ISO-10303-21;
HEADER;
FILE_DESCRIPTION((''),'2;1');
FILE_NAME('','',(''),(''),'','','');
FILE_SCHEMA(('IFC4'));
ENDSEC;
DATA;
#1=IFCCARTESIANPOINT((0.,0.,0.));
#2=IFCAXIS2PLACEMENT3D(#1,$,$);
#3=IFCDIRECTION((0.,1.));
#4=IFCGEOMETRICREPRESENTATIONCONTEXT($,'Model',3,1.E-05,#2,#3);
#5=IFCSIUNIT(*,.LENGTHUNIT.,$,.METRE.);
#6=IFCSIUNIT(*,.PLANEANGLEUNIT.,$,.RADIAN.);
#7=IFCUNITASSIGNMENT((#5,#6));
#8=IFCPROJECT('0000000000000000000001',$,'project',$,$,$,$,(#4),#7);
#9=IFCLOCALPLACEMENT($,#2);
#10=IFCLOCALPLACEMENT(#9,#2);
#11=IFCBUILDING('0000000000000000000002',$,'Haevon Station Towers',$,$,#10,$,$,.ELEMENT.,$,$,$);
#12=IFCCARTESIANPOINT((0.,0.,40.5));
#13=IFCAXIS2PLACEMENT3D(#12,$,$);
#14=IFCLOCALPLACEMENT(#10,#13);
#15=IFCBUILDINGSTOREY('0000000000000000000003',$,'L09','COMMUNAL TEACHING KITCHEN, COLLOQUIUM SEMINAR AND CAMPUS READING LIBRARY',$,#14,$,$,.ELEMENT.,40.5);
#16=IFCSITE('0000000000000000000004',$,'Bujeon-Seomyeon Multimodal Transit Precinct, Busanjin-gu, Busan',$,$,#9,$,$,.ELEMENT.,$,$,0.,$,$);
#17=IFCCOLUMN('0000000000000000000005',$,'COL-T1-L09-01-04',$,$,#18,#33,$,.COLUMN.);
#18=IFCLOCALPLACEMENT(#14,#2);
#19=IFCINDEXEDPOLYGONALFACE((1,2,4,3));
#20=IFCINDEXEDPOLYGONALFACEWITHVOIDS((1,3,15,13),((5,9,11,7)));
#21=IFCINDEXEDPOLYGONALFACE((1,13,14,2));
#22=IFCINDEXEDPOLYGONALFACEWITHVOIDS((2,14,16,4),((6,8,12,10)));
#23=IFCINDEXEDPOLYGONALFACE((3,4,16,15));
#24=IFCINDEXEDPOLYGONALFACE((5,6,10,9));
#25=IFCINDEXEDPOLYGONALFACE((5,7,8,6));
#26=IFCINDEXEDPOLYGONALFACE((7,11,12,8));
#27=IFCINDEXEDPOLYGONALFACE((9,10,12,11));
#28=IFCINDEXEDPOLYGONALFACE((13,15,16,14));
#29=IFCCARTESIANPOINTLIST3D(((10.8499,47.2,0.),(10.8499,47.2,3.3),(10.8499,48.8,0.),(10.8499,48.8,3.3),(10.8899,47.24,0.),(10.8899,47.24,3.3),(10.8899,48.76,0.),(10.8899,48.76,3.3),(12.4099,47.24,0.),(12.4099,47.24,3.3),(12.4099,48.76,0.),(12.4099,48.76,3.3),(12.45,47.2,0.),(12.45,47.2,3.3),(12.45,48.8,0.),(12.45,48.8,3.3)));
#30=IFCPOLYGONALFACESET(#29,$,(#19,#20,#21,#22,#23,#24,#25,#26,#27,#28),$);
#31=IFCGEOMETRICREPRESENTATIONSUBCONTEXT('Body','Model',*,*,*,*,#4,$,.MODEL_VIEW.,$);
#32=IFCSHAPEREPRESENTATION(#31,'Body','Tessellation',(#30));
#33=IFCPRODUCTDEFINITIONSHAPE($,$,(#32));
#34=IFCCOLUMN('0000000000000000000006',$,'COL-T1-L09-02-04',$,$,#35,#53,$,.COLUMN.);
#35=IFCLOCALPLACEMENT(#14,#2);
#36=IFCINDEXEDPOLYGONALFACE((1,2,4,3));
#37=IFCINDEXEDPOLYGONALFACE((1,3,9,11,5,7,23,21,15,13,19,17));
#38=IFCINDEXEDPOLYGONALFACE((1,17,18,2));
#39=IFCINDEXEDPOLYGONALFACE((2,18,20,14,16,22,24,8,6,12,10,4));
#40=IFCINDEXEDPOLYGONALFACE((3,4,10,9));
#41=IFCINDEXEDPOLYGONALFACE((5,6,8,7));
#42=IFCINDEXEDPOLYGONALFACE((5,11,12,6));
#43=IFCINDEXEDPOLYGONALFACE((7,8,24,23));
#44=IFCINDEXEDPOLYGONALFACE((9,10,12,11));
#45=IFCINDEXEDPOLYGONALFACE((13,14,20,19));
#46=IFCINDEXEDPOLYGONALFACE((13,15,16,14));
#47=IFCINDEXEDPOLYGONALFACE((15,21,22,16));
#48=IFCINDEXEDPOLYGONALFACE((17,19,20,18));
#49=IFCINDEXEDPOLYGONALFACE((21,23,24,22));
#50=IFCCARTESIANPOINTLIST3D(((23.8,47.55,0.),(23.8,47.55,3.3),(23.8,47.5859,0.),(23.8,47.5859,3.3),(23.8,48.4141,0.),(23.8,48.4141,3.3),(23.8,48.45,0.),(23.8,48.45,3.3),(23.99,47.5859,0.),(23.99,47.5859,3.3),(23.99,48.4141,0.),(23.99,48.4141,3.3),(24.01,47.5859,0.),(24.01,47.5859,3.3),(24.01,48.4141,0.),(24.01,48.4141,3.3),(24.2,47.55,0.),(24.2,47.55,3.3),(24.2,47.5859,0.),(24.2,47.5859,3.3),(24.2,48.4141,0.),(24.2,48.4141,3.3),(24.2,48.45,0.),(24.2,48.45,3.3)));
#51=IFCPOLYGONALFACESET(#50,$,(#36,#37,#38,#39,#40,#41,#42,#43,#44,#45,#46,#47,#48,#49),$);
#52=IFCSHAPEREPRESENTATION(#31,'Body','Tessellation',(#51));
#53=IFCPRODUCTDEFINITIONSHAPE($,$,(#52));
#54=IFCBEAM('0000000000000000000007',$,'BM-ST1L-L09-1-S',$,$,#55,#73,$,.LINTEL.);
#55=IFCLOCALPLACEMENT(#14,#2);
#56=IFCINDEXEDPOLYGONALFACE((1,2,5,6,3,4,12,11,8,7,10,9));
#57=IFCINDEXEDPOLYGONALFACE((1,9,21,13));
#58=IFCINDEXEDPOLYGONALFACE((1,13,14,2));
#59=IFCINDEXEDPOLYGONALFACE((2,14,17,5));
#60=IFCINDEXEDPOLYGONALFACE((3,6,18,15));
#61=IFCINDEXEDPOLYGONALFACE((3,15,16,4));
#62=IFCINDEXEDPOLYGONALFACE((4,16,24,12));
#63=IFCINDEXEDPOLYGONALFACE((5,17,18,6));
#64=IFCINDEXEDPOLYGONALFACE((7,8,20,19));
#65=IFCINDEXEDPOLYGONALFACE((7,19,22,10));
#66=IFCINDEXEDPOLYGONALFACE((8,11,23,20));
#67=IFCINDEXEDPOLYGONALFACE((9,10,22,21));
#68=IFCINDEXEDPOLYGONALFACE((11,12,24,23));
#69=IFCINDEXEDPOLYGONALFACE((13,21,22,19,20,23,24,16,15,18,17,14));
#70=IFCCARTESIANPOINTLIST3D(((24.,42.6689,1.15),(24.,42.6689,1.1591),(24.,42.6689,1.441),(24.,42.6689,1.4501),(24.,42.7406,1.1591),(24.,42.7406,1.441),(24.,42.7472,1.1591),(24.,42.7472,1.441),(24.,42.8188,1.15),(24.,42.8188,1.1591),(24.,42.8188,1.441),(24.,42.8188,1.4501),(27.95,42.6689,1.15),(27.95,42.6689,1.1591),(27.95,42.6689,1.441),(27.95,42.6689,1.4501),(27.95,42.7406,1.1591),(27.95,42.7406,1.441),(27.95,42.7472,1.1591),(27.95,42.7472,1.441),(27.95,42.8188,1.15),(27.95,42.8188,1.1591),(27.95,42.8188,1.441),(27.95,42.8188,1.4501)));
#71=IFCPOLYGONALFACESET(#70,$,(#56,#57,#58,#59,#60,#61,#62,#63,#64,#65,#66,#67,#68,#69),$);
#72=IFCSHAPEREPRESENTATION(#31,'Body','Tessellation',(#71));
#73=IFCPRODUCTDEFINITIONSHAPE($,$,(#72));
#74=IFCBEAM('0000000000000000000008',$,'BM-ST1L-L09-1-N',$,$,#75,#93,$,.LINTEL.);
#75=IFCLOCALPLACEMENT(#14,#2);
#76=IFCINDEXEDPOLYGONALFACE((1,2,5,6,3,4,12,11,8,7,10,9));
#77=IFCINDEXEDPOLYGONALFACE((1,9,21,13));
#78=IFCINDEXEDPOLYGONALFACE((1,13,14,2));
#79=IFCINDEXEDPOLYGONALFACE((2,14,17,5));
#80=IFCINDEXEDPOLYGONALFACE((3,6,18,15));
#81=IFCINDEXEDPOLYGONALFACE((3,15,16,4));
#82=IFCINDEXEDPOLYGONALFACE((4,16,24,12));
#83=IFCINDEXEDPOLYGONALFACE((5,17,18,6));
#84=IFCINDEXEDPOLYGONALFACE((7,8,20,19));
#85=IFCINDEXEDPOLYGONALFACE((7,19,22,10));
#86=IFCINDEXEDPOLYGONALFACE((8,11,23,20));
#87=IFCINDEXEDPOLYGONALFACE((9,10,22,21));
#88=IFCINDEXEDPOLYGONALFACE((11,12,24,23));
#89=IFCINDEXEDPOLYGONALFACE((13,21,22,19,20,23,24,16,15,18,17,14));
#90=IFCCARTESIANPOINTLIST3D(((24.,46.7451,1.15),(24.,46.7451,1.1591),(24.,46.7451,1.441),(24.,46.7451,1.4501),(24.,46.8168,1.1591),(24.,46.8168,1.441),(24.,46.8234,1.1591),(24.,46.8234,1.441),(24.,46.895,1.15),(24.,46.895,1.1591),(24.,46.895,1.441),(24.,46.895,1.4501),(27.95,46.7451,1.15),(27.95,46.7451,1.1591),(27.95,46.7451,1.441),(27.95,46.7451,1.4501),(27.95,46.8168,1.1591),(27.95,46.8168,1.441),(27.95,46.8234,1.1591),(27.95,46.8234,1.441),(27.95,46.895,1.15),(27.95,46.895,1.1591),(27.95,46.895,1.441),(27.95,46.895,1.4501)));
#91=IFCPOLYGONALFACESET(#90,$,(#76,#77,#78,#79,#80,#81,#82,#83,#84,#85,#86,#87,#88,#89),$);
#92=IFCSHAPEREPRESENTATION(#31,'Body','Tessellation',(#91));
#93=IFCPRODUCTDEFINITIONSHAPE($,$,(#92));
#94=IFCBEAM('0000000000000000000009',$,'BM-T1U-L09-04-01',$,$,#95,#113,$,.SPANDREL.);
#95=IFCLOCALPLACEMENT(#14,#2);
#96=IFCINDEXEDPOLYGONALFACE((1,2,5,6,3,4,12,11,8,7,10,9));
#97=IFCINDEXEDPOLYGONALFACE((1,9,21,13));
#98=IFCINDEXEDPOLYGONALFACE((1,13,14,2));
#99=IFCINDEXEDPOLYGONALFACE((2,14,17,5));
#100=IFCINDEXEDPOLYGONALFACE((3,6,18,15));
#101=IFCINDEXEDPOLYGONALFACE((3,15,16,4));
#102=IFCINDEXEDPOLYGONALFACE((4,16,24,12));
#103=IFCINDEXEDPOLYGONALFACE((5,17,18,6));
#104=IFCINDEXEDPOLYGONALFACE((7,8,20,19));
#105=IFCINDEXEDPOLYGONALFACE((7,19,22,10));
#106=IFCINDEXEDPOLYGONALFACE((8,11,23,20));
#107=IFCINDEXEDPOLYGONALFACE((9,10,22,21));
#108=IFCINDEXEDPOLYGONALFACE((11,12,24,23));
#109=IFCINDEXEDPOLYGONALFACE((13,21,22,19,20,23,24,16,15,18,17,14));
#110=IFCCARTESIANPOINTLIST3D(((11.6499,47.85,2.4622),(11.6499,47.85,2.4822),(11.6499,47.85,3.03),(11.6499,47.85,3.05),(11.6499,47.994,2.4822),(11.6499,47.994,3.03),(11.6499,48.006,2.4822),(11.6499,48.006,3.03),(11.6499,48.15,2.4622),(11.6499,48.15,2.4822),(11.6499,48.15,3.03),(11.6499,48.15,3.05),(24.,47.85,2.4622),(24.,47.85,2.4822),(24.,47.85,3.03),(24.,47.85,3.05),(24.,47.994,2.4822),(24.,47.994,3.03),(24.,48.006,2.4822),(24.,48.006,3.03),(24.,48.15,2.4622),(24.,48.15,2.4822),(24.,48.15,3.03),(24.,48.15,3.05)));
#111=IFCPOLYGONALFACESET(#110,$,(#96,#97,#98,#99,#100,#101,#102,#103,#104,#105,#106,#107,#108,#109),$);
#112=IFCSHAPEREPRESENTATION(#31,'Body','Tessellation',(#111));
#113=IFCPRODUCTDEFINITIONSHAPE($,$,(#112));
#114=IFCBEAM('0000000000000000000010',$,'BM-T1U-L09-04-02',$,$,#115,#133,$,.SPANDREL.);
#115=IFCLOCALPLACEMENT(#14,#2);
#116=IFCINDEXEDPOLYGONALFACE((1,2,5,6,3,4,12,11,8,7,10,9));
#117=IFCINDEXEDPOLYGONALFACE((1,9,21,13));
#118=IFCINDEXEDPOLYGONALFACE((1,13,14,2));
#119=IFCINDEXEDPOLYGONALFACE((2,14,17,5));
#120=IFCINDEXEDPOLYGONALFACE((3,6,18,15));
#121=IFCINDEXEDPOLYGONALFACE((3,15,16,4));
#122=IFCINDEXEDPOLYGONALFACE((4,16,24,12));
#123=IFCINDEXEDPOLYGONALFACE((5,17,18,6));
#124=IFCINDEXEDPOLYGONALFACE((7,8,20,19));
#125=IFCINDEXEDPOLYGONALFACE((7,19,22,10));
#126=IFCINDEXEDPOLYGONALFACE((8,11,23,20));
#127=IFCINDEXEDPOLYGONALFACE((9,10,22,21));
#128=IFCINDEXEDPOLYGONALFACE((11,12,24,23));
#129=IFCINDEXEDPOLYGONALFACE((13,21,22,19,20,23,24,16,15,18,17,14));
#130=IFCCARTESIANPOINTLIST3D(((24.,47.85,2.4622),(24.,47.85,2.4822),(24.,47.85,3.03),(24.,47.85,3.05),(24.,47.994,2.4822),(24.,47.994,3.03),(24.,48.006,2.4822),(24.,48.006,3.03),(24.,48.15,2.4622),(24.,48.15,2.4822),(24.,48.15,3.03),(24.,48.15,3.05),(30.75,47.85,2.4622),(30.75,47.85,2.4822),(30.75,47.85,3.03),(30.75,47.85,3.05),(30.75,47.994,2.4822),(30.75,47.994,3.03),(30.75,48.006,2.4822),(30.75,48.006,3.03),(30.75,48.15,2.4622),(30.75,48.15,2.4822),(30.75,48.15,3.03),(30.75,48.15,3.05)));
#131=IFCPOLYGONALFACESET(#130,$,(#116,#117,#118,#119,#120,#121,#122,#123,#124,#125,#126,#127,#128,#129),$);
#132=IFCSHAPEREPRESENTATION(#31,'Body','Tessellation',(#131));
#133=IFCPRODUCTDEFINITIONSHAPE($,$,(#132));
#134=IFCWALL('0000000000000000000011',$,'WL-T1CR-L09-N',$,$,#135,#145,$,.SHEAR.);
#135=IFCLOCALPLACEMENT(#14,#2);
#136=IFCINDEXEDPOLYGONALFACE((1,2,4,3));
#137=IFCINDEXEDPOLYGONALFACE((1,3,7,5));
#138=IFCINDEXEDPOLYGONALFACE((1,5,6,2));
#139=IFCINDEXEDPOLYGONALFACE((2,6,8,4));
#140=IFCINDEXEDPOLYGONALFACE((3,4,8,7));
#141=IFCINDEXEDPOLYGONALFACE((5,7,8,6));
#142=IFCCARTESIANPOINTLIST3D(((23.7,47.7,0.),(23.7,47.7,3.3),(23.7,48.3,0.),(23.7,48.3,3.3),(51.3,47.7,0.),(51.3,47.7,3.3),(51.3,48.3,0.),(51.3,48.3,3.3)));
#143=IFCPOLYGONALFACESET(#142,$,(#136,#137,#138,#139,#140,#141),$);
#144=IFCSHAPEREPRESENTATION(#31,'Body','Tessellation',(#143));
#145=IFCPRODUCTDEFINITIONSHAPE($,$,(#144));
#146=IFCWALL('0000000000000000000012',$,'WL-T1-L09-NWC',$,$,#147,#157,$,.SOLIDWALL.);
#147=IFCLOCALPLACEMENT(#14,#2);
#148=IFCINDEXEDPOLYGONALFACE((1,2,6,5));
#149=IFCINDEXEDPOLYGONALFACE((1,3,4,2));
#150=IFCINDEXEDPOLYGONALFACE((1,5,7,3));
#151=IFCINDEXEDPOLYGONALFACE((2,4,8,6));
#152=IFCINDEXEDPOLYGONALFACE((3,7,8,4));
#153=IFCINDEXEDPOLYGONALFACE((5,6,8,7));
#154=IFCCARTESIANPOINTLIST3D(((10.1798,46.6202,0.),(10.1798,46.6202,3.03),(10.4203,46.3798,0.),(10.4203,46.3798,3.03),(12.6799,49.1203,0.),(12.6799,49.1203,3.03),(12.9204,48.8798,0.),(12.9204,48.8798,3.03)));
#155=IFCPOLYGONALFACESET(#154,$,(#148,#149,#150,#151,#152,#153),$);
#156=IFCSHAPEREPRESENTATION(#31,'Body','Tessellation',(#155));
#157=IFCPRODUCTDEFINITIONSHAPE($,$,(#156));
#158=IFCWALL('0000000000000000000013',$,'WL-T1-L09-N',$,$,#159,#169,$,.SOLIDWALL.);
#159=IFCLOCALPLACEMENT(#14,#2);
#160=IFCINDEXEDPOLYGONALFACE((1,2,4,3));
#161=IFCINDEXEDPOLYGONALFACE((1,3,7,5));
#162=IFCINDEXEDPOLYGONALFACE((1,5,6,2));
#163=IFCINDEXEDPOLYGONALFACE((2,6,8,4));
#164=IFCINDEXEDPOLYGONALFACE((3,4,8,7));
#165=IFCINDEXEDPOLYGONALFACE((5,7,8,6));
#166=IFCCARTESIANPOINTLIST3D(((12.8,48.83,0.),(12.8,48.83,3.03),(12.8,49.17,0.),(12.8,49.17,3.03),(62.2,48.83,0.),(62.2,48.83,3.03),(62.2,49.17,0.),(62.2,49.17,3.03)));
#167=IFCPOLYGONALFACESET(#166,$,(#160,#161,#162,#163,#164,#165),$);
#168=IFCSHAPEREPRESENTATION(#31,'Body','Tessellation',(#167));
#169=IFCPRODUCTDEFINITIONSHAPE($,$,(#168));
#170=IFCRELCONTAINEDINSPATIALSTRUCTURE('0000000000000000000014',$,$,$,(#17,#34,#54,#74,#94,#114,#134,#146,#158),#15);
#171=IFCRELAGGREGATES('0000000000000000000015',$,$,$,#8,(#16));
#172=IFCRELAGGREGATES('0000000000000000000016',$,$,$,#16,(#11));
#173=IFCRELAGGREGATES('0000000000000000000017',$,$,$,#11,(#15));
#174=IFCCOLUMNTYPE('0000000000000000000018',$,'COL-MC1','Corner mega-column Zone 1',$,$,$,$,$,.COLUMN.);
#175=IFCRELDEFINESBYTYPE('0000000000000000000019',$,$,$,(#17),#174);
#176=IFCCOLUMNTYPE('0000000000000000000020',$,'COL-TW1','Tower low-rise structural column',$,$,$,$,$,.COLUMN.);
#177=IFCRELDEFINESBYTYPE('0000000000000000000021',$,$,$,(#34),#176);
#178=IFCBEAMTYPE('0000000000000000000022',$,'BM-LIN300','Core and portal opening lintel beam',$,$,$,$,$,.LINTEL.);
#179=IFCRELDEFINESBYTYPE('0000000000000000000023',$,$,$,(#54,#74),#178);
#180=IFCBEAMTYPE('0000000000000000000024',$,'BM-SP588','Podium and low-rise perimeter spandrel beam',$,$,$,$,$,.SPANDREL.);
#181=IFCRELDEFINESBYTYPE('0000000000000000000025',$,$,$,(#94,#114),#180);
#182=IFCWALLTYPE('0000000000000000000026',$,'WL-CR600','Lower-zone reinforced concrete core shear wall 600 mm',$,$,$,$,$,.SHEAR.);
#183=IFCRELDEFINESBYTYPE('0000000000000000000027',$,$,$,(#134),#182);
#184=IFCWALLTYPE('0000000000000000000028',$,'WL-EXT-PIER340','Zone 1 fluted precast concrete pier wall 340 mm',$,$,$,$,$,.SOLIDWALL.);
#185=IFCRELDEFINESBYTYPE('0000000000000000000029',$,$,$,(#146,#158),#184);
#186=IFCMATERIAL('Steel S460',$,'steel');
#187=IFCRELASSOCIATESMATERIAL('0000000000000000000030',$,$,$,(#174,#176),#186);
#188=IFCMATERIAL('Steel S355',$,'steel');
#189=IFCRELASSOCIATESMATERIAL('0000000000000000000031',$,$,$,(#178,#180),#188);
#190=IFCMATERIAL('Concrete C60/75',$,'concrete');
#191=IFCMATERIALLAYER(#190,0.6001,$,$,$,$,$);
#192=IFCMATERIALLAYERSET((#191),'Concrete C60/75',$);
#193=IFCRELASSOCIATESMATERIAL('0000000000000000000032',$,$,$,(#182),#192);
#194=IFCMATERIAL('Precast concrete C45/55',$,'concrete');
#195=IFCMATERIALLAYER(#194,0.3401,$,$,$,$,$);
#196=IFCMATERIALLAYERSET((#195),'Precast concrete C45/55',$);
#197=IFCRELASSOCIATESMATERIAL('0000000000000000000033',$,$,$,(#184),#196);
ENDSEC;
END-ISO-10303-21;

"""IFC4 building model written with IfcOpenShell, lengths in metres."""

from ifc_helpers import new_model, si_unit, direction, frame, frame_2d, origin, origin_2d, place, context, subcontext, project, spatial, rectangle, hollow_rectangle, i_section, extrude, material, layer, layer_set, material_profile, profile_set, type_object, element, save


model = new_model("IFC4")

# Units and contexts
model_context = context("Model", 3, precision=1e-05, world=origin(), true_north=direction((0.0, 1.0)))
body_context = subcontext(model_context, "Body", "Model", "MODEL_VIEW")
ifc_project = project(units=[si_unit("LENGTHUNIT", "METRE"), si_unit("PLANEANGLEUNIT", "RADIAN")], contexts=[model_context])

# Site, building, storey
site_placement = place(None, origin())
site = spatial("IfcSite", under=ifc_project, at=site_placement, Name="Bujeon-Seomyeon Multimodal Transit Precinct, Busanjin-gu, Busan", CompositionType="ELEMENT", RefElevation=0.0)
building_placement = place(site_placement, origin())
building = spatial("IfcBuilding", under=site, at=building_placement, Name="Haevon Station Towers", CompositionType="ELEMENT")
storey_placement = place(building_placement, frame((0.0, 0.0, 40.5)))
storey = spatial("IfcBuildingStorey", under=building, at=storey_placement, Name="L09", Description="COMMUNAL TEACHING KITCHEN, COLLOQUIUM SEMINAR AND CAMPUS READING LIBRARY", CompositionType="ELEMENT", Elevation=40.5)

# Columns
ifc_material_1 = material(Name="Steel S460", Category="steel")
ifc_material_profile_1 = material_profile(ifc_material_1, hollow_rectangle(XDim=1.6001, YDim=1.6001, WallThickness=0.04, at=origin_2d()), Name="BOX-1600x1600x40")
ifc_profile_set_1 = profile_set([ifc_material_profile_1], Name="Steel S460")
column_type_1 = type_object("IfcColumnType", Name="COL-MC1", Description="Corner mega-column Zone 1", PredefinedType="COLUMN", material=ifc_profile_set_1)
column_1_placement = place(storey_placement, frame((11.6499, 48.0, 0.0), z_axis=(0.0, 0.0, 1.0), x_axis=(1.0, 0.0, 0.0)))
element("IfcColumn", 1, at=column_1_placement, inside=storey, type_object=column_type_1, Name="COL-T1-L09-01-04", PredefinedType="COLUMN", context=body_context, shape_type="SweptSolid", body=[
    extrude(hollow_rectangle(XDim=1.6001, YDim=1.6001, WallThickness=0.04, at=origin_2d()), origin(), (0.0, 0.0, 1.0), 3.3),
])
ifc_material_profile_2 = material_profile(ifc_material_1, i_section(OverallWidth=0.3999, OverallDepth=0.8999, WebThickness=0.02, FlangeThickness=0.0359, at=origin_2d()), Name="H-900x400x20x36")
ifc_profile_set_2 = profile_set([ifc_material_profile_2], Name="Steel S460")
column_type_2 = type_object("IfcColumnType", Name="COL-TW1", Description="Tower low-rise structural column", PredefinedType="COLUMN", material=ifc_profile_set_2)
column_2_placement = place(storey_placement, frame((24.0, 48.0, 0.0), z_axis=(0.0, 0.0, 1.0), x_axis=(1.0, 0.0, 0.0)))
element("IfcColumn", 2, at=column_2_placement, inside=storey, type_object=column_type_2, Name="COL-T1-L09-02-04", PredefinedType="COLUMN", context=body_context, shape_type="SweptSolid", body=[
    extrude(i_section(OverallWidth=0.3999, OverallDepth=0.8999, WebThickness=0.02, FlangeThickness=0.0359, at=origin_2d()), origin(), (0.0, 0.0, 1.0), 3.3),
])

# Beams
ifc_material_2 = material(Name="Steel S355", Category="steel")
ifc_material_profile_3 = material_profile(ifc_material_2, i_section(OverallWidth=0.1499, OverallDepth=0.3, WebThickness=0.0066, FlangeThickness=0.009, at=origin_2d()), Name="H-300x150x6.5x9")
ifc_profile_set_3 = profile_set([ifc_material_profile_3], Name="Steel S355")
beam_type_1 = type_object("IfcBeamType", Name="BM-LIN300", Description="Core and portal opening lintel beam", PredefinedType="LINTEL", material=ifc_profile_set_3)
for number, where, z_axis, x_axis, name in (
    (3, (24.0, 42.7439, 1.3), (1.0, 0.0, 0.0), (0.0, 1.0, 0.0), "BM-ST1L-L09-1-S"),
    (4, (24.0, 46.8201, 1.3), (1.0, 0.0, 0.0), (0.0, 1.0, 0.0), "BM-ST1L-L09-1-N"),
):
    element("IfcBeam", number, at=place(storey_placement, frame(where, z_axis=z_axis, x_axis=x_axis)), inside=storey, type_object=beam_type_1, Name=name, PredefinedType="LINTEL", context=body_context, shape_type="SweptSolid", body=[
        extrude(i_section(OverallWidth=0.1499, OverallDepth=0.3, WebThickness=0.0066, FlangeThickness=0.009, at=origin_2d()), origin(), (0.0, 0.0, 1.0), 3.95),
    ])
ifc_material_profile_4 = material_profile(ifc_material_2, i_section(OverallWidth=0.3, OverallDepth=0.5879, WebThickness=0.012, FlangeThickness=0.02, at=origin_2d()), Name="H-588x300x12x20")
ifc_profile_set_4 = profile_set([ifc_material_profile_4], Name="Steel S355")
beam_type_2 = type_object("IfcBeamType", Name="BM-SP588", Description="Podium and low-rise perimeter spandrel beam", PredefinedType="SPANDREL", material=ifc_profile_set_4)
beam_1_placement = place(storey_placement, frame((11.6499, 48.0, 2.7561), z_axis=(1.0, 0.0, 0.0), x_axis=(0.0, 1.0, 0.0)))
element("IfcBeam", 5, at=beam_1_placement, inside=storey, type_object=beam_type_2, Name="BM-T1U-L09-04-01", PredefinedType="SPANDREL", context=body_context, shape_type="SweptSolid", body=[
    extrude(i_section(OverallWidth=0.3, OverallDepth=0.5879, WebThickness=0.012, FlangeThickness=0.02, at=origin_2d()), origin(), (0.0, 0.0, 1.0), 12.3501),
])
beam_2_placement = place(storey_placement, frame((24.0, 48.0, 2.7561), z_axis=(1.0, 0.0, 0.0), x_axis=(0.0, 1.0, 0.0)))
element("IfcBeam", 6, at=beam_2_placement, inside=storey, type_object=beam_type_2, Name="BM-T1U-L09-04-02", PredefinedType="SPANDREL", context=body_context, shape_type="SweptSolid", body=[
    extrude(i_section(OverallWidth=0.3, OverallDepth=0.5879, WebThickness=0.012, FlangeThickness=0.02, at=origin_2d()), origin(), (0.0, 0.0, 1.0), 6.75),
])

# Walls
ifc_material_3 = material(Name="Concrete C60/75", Category="concrete")
ifc_layer_1 = layer(ifc_material_3, 0.6001)
ifc_layer_set_1 = layer_set([ifc_layer_1], Name="Concrete C60/75")
wall_type_1 = type_object("IfcWallType", Name="WL-CR600", Description="Lower-zone reinforced concrete core shear wall 600 mm", PredefinedType="SHEAR", material=ifc_layer_set_1)
wall_1_placement = place(storey_placement, frame((23.7, 48.0, 0.0), z_axis=(0.0, 0.0, 1.0), x_axis=(1.0, 0.0, 0.0)))
element("IfcWall", 7, at=wall_1_placement, inside=storey, type_object=wall_type_1, Name="WL-T1CR-L09-N", PredefinedType="SHEAR", context=body_context, shape_type="SweptSolid", body=[
    extrude(rectangle(XDim=27.6001, YDim=0.6001, at=frame_2d((13.8, 0.0))), origin(), (0.0, 0.0, 1.0), 3.3),
])
ifc_material_4 = material(Name="Precast concrete C45/55", Category="concrete")
ifc_layer_2 = layer(ifc_material_4, 0.3401)
ifc_layer_set_2 = layer_set([ifc_layer_2], Name="Precast concrete C45/55")
wall_type_2 = type_object("IfcWallType", Name="WL-EXT-PIER340", Description="Zone 1 fluted precast concrete pier wall 340 mm", PredefinedType="SOLIDWALL", material=ifc_layer_set_2)
wall_2_placement = place(storey_placement, frame((10.3, 46.5, 0.0), z_axis=(0.0, 0.0, 1.0), x_axis=(0.707107, 0.707107, 0.0)))
element("IfcWall", 8, at=wall_2_placement, inside=storey, type_object=wall_type_2, Name="WL-T1-L09-NWC", PredefinedType="SOLIDWALL", context=body_context, shape_type="SweptSolid", body=[
    extrude(rectangle(XDim=3.5356, YDim=0.3401, at=frame_2d((1.7678, 0.0))), origin(), (0.0, 0.0, 1.0), 3.03),
])
wall_3_placement = place(storey_placement, frame((12.8, 49.0, 0.0), z_axis=(0.0, 0.0, 1.0), x_axis=(1.0, 0.0, 0.0)))
element("IfcWall", 9, at=wall_3_placement, inside=storey, type_object=wall_type_2, Name="WL-T1-L09-N", PredefinedType="SOLIDWALL", context=body_context, shape_type="SweptSolid", body=[
    extrude(rectangle(XDim=49.3999, YDim=0.3401, at=frame_2d((24.7, 0.0))), origin(), (0.0, 0.0, 1.0), 3.03),
])

save(model, "model.ifc")
